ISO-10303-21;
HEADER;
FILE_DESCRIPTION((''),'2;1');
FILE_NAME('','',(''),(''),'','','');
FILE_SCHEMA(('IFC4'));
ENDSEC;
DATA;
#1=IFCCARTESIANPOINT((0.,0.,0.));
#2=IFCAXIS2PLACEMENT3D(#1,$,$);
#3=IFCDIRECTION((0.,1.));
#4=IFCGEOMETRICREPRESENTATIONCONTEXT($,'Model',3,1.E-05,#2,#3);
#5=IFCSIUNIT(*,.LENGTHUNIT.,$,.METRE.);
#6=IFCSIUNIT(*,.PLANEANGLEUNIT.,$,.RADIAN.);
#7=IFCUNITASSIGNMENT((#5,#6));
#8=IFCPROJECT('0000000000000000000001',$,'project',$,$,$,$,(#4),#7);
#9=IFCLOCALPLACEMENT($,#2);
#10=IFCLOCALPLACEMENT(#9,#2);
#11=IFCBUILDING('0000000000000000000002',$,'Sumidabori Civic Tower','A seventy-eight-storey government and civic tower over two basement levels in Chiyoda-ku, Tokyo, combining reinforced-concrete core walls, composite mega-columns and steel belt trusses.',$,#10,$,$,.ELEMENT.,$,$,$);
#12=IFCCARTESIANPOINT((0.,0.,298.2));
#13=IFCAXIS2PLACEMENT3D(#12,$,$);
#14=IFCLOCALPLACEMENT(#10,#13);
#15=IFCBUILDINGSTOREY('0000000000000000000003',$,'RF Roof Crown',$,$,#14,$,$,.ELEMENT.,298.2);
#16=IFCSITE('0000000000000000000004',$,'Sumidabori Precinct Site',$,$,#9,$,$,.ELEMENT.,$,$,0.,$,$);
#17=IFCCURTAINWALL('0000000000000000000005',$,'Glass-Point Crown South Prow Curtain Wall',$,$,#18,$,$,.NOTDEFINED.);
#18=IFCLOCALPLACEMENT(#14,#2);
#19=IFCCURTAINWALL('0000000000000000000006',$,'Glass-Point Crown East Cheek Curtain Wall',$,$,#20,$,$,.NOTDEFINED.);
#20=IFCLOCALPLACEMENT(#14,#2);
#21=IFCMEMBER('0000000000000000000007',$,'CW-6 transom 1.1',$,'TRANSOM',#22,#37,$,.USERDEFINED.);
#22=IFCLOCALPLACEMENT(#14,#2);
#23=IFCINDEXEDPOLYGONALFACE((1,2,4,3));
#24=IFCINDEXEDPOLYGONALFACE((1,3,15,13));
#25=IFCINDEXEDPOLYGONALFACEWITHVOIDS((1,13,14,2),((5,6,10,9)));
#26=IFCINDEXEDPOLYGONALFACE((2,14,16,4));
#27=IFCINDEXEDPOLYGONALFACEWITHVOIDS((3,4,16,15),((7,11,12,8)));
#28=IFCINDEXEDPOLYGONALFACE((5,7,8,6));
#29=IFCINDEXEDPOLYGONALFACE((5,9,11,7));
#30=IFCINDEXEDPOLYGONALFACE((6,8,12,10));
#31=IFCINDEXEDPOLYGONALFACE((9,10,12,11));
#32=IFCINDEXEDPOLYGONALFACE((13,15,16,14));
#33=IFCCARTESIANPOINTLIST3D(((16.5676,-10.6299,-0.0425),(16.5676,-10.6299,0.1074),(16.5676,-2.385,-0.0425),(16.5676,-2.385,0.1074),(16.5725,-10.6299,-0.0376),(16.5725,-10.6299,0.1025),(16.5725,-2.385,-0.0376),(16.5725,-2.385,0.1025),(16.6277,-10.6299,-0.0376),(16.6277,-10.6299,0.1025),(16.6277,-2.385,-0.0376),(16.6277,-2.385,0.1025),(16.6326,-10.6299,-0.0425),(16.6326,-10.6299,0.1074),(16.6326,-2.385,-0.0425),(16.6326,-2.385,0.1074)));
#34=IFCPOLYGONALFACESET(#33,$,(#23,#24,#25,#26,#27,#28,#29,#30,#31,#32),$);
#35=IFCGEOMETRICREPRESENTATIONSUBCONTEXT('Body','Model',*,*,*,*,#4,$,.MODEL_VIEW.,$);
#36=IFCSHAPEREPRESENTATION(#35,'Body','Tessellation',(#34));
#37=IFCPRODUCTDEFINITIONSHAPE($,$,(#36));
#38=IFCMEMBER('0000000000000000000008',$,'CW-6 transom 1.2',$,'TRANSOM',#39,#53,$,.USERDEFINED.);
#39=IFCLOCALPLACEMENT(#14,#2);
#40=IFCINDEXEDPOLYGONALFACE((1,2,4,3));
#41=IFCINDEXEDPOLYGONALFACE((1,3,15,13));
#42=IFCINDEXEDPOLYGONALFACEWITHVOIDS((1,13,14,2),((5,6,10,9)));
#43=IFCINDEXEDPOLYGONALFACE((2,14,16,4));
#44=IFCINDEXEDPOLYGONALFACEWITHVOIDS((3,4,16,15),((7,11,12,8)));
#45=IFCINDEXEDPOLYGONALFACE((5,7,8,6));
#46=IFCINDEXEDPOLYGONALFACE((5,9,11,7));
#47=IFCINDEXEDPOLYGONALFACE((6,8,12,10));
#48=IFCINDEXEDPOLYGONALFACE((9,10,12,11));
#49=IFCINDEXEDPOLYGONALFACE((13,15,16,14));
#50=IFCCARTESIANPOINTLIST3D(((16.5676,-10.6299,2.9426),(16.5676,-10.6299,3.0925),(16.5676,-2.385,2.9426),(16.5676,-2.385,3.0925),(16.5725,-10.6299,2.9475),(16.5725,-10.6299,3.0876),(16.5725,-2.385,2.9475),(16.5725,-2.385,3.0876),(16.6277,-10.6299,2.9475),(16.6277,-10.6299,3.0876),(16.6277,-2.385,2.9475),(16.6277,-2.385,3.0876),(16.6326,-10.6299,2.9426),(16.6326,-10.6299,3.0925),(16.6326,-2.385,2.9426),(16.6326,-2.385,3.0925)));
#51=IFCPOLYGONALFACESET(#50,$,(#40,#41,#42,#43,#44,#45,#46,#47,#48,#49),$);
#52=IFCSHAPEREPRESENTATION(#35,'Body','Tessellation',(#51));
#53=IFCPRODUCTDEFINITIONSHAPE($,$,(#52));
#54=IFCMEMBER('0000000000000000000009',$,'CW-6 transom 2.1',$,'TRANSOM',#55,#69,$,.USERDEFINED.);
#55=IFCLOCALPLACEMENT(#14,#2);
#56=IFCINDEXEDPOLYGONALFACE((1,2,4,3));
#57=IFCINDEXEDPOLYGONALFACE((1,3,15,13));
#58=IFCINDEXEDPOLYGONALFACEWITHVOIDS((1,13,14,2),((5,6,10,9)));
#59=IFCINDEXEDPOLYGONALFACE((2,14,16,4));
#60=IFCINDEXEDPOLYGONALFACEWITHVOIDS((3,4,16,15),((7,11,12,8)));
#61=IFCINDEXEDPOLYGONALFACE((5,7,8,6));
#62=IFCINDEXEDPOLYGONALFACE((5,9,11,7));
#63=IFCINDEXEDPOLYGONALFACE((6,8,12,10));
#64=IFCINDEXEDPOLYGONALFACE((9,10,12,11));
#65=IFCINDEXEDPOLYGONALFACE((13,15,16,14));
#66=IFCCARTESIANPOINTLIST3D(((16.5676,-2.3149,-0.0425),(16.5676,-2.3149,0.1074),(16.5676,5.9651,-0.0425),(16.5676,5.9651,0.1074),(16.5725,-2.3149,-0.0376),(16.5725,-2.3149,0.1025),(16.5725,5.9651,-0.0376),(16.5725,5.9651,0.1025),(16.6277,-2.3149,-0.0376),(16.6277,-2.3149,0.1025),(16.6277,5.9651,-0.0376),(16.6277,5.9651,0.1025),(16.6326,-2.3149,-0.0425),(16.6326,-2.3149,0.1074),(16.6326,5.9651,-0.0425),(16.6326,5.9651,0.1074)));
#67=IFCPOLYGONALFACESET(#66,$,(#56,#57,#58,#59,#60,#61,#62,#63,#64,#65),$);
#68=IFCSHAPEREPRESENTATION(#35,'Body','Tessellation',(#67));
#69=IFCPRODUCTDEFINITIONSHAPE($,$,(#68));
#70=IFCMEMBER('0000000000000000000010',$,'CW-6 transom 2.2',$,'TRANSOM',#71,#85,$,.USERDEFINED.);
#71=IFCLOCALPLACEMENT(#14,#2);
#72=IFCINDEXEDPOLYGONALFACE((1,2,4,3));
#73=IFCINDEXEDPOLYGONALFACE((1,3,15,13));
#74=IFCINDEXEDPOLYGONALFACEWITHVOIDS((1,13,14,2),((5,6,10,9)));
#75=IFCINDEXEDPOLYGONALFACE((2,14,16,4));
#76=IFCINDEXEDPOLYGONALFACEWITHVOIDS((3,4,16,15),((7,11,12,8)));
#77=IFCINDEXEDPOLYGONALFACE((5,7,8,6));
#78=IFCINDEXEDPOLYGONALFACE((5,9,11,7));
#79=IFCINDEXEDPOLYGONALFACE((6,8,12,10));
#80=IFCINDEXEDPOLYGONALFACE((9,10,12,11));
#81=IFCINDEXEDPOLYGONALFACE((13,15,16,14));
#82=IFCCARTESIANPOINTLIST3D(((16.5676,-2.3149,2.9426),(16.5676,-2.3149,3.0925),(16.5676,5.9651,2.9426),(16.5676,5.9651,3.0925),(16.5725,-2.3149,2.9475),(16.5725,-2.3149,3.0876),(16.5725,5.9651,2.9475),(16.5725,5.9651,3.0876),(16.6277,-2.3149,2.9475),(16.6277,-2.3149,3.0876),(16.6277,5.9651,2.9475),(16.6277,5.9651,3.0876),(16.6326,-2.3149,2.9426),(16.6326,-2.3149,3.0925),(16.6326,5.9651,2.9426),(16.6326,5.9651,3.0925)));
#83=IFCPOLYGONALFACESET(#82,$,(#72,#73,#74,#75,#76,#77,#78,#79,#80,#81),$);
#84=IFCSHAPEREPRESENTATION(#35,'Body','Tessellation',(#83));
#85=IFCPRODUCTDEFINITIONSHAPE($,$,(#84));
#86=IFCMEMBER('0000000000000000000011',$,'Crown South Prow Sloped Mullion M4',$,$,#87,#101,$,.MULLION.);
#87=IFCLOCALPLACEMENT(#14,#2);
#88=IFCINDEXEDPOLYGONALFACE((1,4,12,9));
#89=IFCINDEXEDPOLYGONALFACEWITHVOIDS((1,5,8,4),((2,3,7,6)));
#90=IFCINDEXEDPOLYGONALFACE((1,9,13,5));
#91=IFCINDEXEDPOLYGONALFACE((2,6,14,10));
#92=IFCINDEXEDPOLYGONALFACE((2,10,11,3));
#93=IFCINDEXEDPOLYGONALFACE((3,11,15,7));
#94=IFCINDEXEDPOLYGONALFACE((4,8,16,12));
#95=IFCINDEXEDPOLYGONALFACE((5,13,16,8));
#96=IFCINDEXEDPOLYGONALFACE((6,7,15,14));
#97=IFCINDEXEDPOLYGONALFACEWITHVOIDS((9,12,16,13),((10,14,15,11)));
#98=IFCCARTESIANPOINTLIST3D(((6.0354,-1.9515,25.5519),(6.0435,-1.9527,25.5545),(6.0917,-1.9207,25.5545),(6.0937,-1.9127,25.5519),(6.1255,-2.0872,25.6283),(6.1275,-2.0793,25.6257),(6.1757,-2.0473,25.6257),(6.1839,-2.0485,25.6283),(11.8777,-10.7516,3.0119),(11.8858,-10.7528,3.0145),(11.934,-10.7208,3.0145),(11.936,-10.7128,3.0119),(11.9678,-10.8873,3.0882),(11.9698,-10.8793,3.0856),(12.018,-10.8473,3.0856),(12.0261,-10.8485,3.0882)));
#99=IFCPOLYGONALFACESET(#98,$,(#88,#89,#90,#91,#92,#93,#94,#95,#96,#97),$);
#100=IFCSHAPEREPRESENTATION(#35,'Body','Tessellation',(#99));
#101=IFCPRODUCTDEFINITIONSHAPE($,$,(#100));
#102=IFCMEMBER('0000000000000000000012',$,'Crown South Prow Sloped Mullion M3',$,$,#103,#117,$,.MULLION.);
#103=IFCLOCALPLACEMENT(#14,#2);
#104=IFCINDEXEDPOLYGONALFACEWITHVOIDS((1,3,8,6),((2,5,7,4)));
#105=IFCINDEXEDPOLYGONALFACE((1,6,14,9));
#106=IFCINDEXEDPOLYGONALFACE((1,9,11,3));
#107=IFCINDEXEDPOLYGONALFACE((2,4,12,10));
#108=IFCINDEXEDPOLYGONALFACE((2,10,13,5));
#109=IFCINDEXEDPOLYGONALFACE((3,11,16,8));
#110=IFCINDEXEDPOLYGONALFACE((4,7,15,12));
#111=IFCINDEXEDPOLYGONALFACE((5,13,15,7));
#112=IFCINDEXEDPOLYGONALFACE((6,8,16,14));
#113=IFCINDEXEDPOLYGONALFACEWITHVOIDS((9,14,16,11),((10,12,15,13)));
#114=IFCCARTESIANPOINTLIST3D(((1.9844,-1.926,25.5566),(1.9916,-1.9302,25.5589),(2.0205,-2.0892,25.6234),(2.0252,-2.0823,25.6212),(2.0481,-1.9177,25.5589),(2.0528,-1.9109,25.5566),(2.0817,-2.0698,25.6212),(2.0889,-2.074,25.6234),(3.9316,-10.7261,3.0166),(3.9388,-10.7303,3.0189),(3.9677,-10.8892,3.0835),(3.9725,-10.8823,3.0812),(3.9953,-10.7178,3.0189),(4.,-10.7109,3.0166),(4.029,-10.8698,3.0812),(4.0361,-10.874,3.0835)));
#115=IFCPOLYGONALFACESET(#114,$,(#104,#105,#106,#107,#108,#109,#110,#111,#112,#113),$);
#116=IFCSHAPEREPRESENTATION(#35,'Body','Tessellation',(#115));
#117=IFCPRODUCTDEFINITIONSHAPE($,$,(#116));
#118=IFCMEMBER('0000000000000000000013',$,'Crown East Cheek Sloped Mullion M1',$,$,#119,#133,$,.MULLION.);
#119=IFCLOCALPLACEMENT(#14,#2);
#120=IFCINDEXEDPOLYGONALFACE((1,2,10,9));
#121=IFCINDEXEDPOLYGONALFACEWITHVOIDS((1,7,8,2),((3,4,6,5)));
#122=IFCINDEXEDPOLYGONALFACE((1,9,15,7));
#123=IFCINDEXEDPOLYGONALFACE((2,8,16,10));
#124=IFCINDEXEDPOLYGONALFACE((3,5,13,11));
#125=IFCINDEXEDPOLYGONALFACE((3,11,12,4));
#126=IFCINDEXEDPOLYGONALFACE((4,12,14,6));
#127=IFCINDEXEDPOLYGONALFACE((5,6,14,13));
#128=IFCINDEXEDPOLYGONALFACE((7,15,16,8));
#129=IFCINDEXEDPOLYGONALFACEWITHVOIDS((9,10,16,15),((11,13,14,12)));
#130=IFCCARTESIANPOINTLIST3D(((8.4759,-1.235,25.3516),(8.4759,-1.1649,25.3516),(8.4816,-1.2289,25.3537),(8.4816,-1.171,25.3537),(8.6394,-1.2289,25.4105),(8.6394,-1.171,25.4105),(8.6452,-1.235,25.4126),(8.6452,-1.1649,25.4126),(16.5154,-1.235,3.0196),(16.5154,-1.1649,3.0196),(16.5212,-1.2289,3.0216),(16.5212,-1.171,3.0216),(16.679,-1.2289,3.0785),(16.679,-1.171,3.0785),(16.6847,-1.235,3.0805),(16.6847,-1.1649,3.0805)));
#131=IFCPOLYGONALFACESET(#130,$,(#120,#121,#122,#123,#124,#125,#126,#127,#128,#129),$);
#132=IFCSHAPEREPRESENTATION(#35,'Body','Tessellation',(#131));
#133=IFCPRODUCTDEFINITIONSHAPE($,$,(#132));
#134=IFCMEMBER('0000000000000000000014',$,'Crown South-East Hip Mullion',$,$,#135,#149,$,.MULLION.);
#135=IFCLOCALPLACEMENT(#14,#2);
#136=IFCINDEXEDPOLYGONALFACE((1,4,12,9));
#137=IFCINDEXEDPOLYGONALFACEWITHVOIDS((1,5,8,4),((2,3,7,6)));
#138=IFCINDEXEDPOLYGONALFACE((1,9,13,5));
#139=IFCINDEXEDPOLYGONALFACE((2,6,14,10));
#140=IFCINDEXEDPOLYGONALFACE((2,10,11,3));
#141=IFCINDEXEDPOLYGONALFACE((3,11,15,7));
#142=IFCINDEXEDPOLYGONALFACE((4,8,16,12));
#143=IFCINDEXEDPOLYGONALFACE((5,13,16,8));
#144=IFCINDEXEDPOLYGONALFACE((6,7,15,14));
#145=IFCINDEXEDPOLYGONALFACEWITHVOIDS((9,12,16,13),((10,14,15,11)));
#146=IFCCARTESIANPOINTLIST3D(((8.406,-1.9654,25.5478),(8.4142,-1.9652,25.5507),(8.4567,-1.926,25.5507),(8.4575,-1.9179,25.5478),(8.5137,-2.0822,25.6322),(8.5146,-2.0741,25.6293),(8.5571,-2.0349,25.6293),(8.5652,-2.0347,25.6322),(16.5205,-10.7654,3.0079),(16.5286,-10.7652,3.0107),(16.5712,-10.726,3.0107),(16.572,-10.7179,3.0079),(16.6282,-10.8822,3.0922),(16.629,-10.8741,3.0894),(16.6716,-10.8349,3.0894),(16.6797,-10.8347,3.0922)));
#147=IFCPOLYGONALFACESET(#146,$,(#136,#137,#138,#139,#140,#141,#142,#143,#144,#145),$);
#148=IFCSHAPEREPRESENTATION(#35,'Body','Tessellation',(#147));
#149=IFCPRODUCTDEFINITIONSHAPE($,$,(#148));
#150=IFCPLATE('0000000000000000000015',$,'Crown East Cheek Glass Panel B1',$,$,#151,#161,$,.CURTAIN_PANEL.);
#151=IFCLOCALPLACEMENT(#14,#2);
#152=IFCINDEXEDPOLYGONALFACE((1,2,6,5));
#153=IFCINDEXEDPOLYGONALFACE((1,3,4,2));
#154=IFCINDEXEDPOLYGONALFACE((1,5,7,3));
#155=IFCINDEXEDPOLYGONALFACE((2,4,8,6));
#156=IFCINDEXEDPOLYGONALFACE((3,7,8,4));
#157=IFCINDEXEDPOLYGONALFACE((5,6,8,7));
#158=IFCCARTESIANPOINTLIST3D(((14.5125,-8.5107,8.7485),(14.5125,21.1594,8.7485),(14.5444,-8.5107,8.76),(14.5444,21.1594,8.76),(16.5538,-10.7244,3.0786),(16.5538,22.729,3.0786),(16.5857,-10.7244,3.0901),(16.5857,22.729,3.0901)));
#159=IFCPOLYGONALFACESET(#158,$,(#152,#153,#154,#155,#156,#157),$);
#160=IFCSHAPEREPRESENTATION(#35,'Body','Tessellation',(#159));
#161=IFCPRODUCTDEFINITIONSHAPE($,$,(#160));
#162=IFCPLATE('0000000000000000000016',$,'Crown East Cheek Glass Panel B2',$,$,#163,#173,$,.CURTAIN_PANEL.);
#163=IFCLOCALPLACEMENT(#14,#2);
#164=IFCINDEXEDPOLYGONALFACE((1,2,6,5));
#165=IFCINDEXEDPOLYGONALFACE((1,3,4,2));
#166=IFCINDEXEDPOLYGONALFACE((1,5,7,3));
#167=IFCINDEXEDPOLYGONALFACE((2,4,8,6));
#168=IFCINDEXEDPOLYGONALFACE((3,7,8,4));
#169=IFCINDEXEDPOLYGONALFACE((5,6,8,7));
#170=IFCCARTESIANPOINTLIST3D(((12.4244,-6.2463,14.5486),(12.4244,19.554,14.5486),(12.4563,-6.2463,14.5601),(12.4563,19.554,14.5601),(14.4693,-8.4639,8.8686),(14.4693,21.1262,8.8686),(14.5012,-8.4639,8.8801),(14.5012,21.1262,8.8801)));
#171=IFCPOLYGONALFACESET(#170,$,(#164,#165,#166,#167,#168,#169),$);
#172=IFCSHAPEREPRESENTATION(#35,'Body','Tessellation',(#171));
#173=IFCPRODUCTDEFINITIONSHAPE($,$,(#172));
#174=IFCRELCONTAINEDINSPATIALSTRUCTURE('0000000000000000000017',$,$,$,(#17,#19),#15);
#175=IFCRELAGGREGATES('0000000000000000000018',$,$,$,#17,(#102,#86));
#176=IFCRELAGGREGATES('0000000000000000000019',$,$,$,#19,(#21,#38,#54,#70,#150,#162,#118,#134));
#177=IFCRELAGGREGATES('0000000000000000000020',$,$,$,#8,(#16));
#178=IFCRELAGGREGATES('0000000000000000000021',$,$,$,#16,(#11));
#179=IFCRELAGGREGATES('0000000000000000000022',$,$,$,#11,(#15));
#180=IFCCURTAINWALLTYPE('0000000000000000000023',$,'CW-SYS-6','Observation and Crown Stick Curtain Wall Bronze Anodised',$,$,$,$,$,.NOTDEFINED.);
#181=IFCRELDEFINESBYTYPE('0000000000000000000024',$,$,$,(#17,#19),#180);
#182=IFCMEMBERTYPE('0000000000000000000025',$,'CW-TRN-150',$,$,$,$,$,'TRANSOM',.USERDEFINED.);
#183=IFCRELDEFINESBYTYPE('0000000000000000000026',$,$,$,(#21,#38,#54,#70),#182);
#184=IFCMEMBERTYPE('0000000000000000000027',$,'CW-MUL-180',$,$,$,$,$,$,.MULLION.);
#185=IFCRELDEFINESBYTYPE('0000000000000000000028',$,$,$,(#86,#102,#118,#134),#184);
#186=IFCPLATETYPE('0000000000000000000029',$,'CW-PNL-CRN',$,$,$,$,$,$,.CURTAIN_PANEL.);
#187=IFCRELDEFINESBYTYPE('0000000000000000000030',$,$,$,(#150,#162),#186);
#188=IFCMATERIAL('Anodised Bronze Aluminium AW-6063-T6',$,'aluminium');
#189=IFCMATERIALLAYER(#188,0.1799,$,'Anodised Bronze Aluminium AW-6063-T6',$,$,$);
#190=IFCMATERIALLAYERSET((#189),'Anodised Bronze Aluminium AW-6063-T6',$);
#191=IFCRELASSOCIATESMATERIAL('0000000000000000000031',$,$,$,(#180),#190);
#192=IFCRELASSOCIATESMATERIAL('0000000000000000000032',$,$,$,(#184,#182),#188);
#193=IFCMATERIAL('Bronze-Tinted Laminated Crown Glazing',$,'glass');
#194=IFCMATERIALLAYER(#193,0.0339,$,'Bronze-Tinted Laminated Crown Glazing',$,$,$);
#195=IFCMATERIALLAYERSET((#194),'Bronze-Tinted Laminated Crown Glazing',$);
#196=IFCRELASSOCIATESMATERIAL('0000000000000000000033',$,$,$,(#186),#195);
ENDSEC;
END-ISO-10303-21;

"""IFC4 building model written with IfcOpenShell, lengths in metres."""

from ifc_helpers import new_model, si_unit, direction, frame, origin, origin_2d, place, context, subcontext, project, spatial, polyline, hollow_rectangle, outline, extrude, source, transform, mapped, material, layer, layer_set, material_profile, profile_set, type_object, element, aggregate, save


model = new_model("IFC4")

# Units and contexts
model_context = context("Model", 3, precision=1e-05, world=origin(), true_north=direction((0.0, 1.0)))
body_context = subcontext(model_context, "Body", "Model", "MODEL_VIEW")
ifc_project = project(units=[si_unit("LENGTHUNIT", "METRE"), si_unit("PLANEANGLEUNIT", "RADIAN")], contexts=[model_context])

# Site, building, storey
site_placement = place(None, origin())
site = spatial("IfcSite", under=ifc_project, at=site_placement, Name="Sumidabori Precinct Site", CompositionType="ELEMENT", RefElevation=0.0)
building_placement = place(site_placement, origin())
building = spatial("IfcBuilding", under=site, at=building_placement, Name="Sumidabori Civic Tower", Description="A seventy-eight-storey government and civic tower over two basement levels in Chiyoda-ku, Tokyo, combining reinforced-concrete core walls, composite mega-columns and steel belt trusses.", CompositionType="ELEMENT")
storey_placement = place(building_placement, frame((0.0, 0.0, 298.2)))
storey = spatial("IfcBuildingStorey", under=building, at=storey_placement, Name="RF Roof Crown", CompositionType="ELEMENT", Elevation=298.2)

# Curtain walls
ifc_material_1 = material(Name="Anodised Bronze Aluminium AW-6063-T6", Category="aluminium")
ifc_layer_1 = layer(ifc_material_1, 0.1799, Name="Anodised Bronze Aluminium AW-6063-T6")
ifc_layer_set_1 = layer_set([ifc_layer_1], Name="Anodised Bronze Aluminium AW-6063-T6")
curtain_wall_type = type_object("IfcCurtainWallType", Name="CW-SYS-6", Description="Observation and Crown Stick Curtain Wall Bronze Anodised", PredefinedType="NOTDEFINED", material=ifc_layer_set_1)
curtain_wall_1_placement = place(storey_placement, origin())
curtain_wall_1 = element("IfcCurtainWall", 1, at=curtain_wall_1_placement, inside=storey, type_object=curtain_wall_type, Name="Glass-Point Crown South Prow Curtain Wall", PredefinedType="NOTDEFINED")
ifc_material_profile_1 = material_profile(ifc_material_1, hollow_rectangle(XDim=0.0701, YDim=0.1799, WallThickness=0.0061, at=origin_2d()), Name="ALU MULLION 180x70")
ifc_profile_set_1 = profile_set([ifc_material_profile_1], Name="Anodised Bronze Aluminium AW-6063-T6")
member_type_1 = type_object("IfcMemberType", Name="CW-MUL-180", PredefinedType="MULLION", material=ifc_profile_set_1)
curtain_wall_2_placement = place(storey_placement, origin())
curtain_wall_2 = element("IfcCurtainWall", 2, at=curtain_wall_2_placement, inside=storey, type_object=curtain_wall_type, Name="Glass-Point Crown East Cheek Curtain Wall", PredefinedType="NOTDEFINED")

# Members
ifc_material_profile_2 = material_profile(ifc_material_1, hollow_rectangle(XDim=0.0649, YDim=0.1499, WallThickness=0.0049, at=origin_2d()), Name="ALU TRANSOM 150x65")
ifc_profile_set_2 = profile_set([ifc_material_profile_2], Name="Anodised Bronze Aluminium AW-6063-T6")
member_type_2 = type_object("IfcMemberType", Name="CW-TRN-150", ElementType="TRANSOM", PredefinedType="USERDEFINED", material=ifc_profile_set_2)
shared_shape_1 = source(origin(), body_context, "Body", "SweptSolid", [
    extrude(hollow_rectangle(XDim=0.0649, YDim=0.1499, WallThickness=0.0049, at=origin_2d()), origin(), (0.0, 0.0, 1.0), 8.2449),
])
member_1_placement = place(storey_placement, frame((16.6001, -10.6299, 0.0325), z_axis=(0.0, 1.0, 0.0), x_axis=(-1.0, 0.0, 0.0)))
member_1 = element("IfcMember", 3, at=member_1_placement, type_object=member_type_2, Name="CW-6 transom 1.1", ObjectType="TRANSOM", PredefinedType="USERDEFINED", context=body_context, shape_type="MappedRepresentation", body=[
    mapped(shared_shape_1, transform((0.0, 0.0, 0.0), x_axis=(1.0, 0.0, 0.0), y_axis=(0.0, 1.0, 0.0), z_axis=(0.0, 0.0, 1.0), scale=1.0)),
])
member_2_placement = place(storey_placement, frame((16.6001, -10.6299, 3.0176), z_axis=(0.0, 1.0, 0.0), x_axis=(-1.0, 0.0, 0.0)))
member_2 = element("IfcMember", 4, at=member_2_placement, type_object=member_type_2, Name="CW-6 transom 1.2", ObjectType="TRANSOM", PredefinedType="USERDEFINED", context=body_context, shape_type="MappedRepresentation", body=[
    mapped(shared_shape_1, transform((0.0, 0.0, 0.0), x_axis=(1.0, 0.0, 0.0), y_axis=(0.0, 1.0, 0.0), z_axis=(0.0, 0.0, 1.0), scale=1.0)),
])
shared_shape_2 = source(origin(), body_context, "Body", "SweptSolid", [
    extrude(hollow_rectangle(XDim=0.0649, YDim=0.1499, WallThickness=0.0049, at=origin_2d()), origin(), (0.0, 0.0, 1.0), 8.28),
])
member_3_placement = place(storey_placement, frame((16.6001, -2.3149, 0.0325), z_axis=(0.0, 1.0, 0.0), x_axis=(-1.0, 0.0, 0.0)))
member_3 = element("IfcMember", 5, at=member_3_placement, type_object=member_type_2, Name="CW-6 transom 2.1", ObjectType="TRANSOM", PredefinedType="USERDEFINED", context=body_context, shape_type="MappedRepresentation", body=[
    mapped(shared_shape_2, transform((0.0, 0.0, 0.0), x_axis=(1.0, 0.0, 0.0), y_axis=(0.0, 1.0, 0.0), z_axis=(0.0, 0.0, 1.0), scale=1.0)),
])
member_4_placement = place(storey_placement, frame((16.6001, -2.3149, 3.0176), z_axis=(0.0, 1.0, 0.0), x_axis=(-1.0, 0.0, 0.0)))
member_4 = element("IfcMember", 6, at=member_4_placement, type_object=member_type_2, Name="CW-6 transom 2.2", ObjectType="TRANSOM", PredefinedType="USERDEFINED", context=body_context, shape_type="MappedRepresentation", body=[
    mapped(shared_shape_2, transform((0.0, 0.0, 0.0), x_axis=(1.0, 0.0, 0.0), y_axis=(0.0, 1.0, 0.0), z_axis=(0.0, 0.0, 1.0), scale=1.0)),
])
shared_shape_3 = source(origin(), body_context, "Body", "SweptSolid", [
    extrude(hollow_rectangle(XDim=0.0701, YDim=0.1799, WallThickness=0.0061, at=origin_2d()), origin(), (0.0, 0.0, 1.0), 24.8923),
])
member_5_placement = place(storey_placement, frame((11.9519, -10.8, 3.05), z_axis=(-0.234703, 0.353525, 0.905503), x_axis=(-0.833116, -0.553099, 0.0)))
member_5 = element("IfcMember", 7, at=member_5_placement, type_object=member_type_1, Name="Crown South Prow Sloped Mullion M4", PredefinedType="MULLION", context=body_context, shape_type="MappedRepresentation", body=[
    mapped(shared_shape_3, transform((0.0, 0.0, 0.0), x_axis=(1.0, 0.0, 0.0), y_axis=(0.0, 1.0, 0.0), z_axis=(0.0, 0.0, 1.0), scale=1.0)),
])
shared_shape_4 = source(origin(), body_context, "Body", "SweptSolid", [
    extrude(hollow_rectangle(XDim=0.0701, YDim=0.1799, WallThickness=0.0061, at=origin_2d()), origin(), (0.0, 0.0, 1.0), 24.2751),
])
member_6_placement = place(storey_placement, frame((3.9839, -10.8, 3.05), z_axis=(-0.080216, 0.362512, 0.928521), x_axis=(-0.976382, -0.216053, 0.0)))
member_6 = element("IfcMember", 8, at=member_6_placement, type_object=member_type_1, Name="Crown South Prow Sloped Mullion M3", PredefinedType="MULLION", context=body_context, shape_type="MappedRepresentation", body=[
    mapped(shared_shape_4, transform((0.0, 0.0, 0.0), x_axis=(1.0, 0.0, 0.0), y_axis=(0.0, 1.0, 0.0), z_axis=(0.0, 0.0, 1.0), scale=1.0)),
])
shared_shape_5 = source(origin(), body_context, "Body", "SweptSolid", [
    extrude(hollow_rectangle(XDim=0.0701, YDim=0.1799, WallThickness=0.0061, at=origin_2d()), origin(), (0.0, 0.0, 1.0), 23.7351),
])
member_7_placement = place(storey_placement, frame((16.6001, -1.2, 3.05), z_axis=(-0.33872, 0.0, 0.940887), x_axis=(0.0, -1.0, 0.0)))
member_7 = element("IfcMember", 9, at=member_7_placement, type_object=member_type_1, Name="Crown East Cheek Sloped Mullion M1", PredefinedType="MULLION", context=body_context, shape_type="MappedRepresentation", body=[
    mapped(shared_shape_5, transform((0.0, 0.0, 0.0), x_axis=(1.0, 0.0, 0.0), y_axis=(0.0, 1.0, 0.0), z_axis=(0.0, 0.0, 1.0), scale=1.0)),
])
shared_shape_6 = source(origin(), body_context, "Body", "SweptSolid", [
    extrude(hollow_rectangle(XDim=0.0701, YDim=0.1799, WallThickness=0.0061, at=origin_2d()), origin(), (0.0, 0.0, 1.0), 25.5212),
])
member_8_placement = place(storey_placement, frame((16.6001, -10.8, 3.05), z_axis=(-0.31795, 0.344811, 0.883184), x_axis=(-0.735162, -0.677891, 0.0)))
member_8 = element("IfcMember", 10, at=member_8_placement, type_object=member_type_1, Name="Crown South-East Hip Mullion", PredefinedType="MULLION", context=body_context, shape_type="MappedRepresentation", body=[
    mapped(shared_shape_6, transform((0.0, 0.0, 0.0), x_axis=(1.0, 0.0, 0.0), y_axis=(0.0, 1.0, 0.0), z_axis=(0.0, 0.0, 1.0), scale=1.0)),
])

# Plates
ifc_material_2 = material(Name="Bronze-Tinted Laminated Crown Glazing", Category="glass")
ifc_layer_2 = layer(ifc_material_2, 0.0339, Name="Bronze-Tinted Laminated Crown Glazing")
ifc_layer_set_2 = layer_set([ifc_layer_2], Name="Bronze-Tinted Laminated Crown Glazing")
plate_type_1 = type_object("IfcPlateType", Name="CW-PNL-CRN", PredefinedType="CURTAIN_PANEL", material=ifc_layer_set_2)
plate_1_placement = place(storey_placement, frame((16.5857, -10.7244, 3.0901), z_axis=(0.940883, 0.0, 0.338732), x_axis=(0.0, 1.0, 0.0)))
plate_1 = element("IfcPlate", 11, at=plate_1_placement, type_object=plate_type_1, Name="Crown East Cheek Glass Panel B1", PredefinedType="CURTAIN_PANEL", context=body_context, shape_type="SweptSolid", body=[
    extrude(outline(polyline([(0.0, 0.0), (33.4534, 0.0), (31.8838, 6.0262), (2.2136, 6.0262), (0.0, 0.0)])), origin(), (0.0, 0.0, -1.0), 0.0339),
])
plate_2_placement = place(storey_placement, frame((14.5012, -8.4639, 8.8801), z_axis=(0.94088, 0.0, 0.338741), x_axis=(0.0, 1.0, 0.0)))
plate_2 = element("IfcPlate", 12, at=plate_2_placement, type_object=plate_type_1, Name="Crown East Cheek Glass Panel B2", PredefinedType="CURTAIN_PANEL", context=body_context, shape_type="SweptSolid", body=[
    extrude(outline(polyline([(0.0, 0.0), (29.5901, 0.0), (28.0178, 6.0368), (2.2175, 6.0368), (0.0, 0.0)])), origin(), (0.0, 0.0, -1.0), 0.0339),
])

aggregate(curtain_wall_1, [member_6, member_5])
aggregate(curtain_wall_2, [member_1, member_2, member_3, member_4, plate_1, plate_2, member_7, member_8])

save(model, "model.ifc")
